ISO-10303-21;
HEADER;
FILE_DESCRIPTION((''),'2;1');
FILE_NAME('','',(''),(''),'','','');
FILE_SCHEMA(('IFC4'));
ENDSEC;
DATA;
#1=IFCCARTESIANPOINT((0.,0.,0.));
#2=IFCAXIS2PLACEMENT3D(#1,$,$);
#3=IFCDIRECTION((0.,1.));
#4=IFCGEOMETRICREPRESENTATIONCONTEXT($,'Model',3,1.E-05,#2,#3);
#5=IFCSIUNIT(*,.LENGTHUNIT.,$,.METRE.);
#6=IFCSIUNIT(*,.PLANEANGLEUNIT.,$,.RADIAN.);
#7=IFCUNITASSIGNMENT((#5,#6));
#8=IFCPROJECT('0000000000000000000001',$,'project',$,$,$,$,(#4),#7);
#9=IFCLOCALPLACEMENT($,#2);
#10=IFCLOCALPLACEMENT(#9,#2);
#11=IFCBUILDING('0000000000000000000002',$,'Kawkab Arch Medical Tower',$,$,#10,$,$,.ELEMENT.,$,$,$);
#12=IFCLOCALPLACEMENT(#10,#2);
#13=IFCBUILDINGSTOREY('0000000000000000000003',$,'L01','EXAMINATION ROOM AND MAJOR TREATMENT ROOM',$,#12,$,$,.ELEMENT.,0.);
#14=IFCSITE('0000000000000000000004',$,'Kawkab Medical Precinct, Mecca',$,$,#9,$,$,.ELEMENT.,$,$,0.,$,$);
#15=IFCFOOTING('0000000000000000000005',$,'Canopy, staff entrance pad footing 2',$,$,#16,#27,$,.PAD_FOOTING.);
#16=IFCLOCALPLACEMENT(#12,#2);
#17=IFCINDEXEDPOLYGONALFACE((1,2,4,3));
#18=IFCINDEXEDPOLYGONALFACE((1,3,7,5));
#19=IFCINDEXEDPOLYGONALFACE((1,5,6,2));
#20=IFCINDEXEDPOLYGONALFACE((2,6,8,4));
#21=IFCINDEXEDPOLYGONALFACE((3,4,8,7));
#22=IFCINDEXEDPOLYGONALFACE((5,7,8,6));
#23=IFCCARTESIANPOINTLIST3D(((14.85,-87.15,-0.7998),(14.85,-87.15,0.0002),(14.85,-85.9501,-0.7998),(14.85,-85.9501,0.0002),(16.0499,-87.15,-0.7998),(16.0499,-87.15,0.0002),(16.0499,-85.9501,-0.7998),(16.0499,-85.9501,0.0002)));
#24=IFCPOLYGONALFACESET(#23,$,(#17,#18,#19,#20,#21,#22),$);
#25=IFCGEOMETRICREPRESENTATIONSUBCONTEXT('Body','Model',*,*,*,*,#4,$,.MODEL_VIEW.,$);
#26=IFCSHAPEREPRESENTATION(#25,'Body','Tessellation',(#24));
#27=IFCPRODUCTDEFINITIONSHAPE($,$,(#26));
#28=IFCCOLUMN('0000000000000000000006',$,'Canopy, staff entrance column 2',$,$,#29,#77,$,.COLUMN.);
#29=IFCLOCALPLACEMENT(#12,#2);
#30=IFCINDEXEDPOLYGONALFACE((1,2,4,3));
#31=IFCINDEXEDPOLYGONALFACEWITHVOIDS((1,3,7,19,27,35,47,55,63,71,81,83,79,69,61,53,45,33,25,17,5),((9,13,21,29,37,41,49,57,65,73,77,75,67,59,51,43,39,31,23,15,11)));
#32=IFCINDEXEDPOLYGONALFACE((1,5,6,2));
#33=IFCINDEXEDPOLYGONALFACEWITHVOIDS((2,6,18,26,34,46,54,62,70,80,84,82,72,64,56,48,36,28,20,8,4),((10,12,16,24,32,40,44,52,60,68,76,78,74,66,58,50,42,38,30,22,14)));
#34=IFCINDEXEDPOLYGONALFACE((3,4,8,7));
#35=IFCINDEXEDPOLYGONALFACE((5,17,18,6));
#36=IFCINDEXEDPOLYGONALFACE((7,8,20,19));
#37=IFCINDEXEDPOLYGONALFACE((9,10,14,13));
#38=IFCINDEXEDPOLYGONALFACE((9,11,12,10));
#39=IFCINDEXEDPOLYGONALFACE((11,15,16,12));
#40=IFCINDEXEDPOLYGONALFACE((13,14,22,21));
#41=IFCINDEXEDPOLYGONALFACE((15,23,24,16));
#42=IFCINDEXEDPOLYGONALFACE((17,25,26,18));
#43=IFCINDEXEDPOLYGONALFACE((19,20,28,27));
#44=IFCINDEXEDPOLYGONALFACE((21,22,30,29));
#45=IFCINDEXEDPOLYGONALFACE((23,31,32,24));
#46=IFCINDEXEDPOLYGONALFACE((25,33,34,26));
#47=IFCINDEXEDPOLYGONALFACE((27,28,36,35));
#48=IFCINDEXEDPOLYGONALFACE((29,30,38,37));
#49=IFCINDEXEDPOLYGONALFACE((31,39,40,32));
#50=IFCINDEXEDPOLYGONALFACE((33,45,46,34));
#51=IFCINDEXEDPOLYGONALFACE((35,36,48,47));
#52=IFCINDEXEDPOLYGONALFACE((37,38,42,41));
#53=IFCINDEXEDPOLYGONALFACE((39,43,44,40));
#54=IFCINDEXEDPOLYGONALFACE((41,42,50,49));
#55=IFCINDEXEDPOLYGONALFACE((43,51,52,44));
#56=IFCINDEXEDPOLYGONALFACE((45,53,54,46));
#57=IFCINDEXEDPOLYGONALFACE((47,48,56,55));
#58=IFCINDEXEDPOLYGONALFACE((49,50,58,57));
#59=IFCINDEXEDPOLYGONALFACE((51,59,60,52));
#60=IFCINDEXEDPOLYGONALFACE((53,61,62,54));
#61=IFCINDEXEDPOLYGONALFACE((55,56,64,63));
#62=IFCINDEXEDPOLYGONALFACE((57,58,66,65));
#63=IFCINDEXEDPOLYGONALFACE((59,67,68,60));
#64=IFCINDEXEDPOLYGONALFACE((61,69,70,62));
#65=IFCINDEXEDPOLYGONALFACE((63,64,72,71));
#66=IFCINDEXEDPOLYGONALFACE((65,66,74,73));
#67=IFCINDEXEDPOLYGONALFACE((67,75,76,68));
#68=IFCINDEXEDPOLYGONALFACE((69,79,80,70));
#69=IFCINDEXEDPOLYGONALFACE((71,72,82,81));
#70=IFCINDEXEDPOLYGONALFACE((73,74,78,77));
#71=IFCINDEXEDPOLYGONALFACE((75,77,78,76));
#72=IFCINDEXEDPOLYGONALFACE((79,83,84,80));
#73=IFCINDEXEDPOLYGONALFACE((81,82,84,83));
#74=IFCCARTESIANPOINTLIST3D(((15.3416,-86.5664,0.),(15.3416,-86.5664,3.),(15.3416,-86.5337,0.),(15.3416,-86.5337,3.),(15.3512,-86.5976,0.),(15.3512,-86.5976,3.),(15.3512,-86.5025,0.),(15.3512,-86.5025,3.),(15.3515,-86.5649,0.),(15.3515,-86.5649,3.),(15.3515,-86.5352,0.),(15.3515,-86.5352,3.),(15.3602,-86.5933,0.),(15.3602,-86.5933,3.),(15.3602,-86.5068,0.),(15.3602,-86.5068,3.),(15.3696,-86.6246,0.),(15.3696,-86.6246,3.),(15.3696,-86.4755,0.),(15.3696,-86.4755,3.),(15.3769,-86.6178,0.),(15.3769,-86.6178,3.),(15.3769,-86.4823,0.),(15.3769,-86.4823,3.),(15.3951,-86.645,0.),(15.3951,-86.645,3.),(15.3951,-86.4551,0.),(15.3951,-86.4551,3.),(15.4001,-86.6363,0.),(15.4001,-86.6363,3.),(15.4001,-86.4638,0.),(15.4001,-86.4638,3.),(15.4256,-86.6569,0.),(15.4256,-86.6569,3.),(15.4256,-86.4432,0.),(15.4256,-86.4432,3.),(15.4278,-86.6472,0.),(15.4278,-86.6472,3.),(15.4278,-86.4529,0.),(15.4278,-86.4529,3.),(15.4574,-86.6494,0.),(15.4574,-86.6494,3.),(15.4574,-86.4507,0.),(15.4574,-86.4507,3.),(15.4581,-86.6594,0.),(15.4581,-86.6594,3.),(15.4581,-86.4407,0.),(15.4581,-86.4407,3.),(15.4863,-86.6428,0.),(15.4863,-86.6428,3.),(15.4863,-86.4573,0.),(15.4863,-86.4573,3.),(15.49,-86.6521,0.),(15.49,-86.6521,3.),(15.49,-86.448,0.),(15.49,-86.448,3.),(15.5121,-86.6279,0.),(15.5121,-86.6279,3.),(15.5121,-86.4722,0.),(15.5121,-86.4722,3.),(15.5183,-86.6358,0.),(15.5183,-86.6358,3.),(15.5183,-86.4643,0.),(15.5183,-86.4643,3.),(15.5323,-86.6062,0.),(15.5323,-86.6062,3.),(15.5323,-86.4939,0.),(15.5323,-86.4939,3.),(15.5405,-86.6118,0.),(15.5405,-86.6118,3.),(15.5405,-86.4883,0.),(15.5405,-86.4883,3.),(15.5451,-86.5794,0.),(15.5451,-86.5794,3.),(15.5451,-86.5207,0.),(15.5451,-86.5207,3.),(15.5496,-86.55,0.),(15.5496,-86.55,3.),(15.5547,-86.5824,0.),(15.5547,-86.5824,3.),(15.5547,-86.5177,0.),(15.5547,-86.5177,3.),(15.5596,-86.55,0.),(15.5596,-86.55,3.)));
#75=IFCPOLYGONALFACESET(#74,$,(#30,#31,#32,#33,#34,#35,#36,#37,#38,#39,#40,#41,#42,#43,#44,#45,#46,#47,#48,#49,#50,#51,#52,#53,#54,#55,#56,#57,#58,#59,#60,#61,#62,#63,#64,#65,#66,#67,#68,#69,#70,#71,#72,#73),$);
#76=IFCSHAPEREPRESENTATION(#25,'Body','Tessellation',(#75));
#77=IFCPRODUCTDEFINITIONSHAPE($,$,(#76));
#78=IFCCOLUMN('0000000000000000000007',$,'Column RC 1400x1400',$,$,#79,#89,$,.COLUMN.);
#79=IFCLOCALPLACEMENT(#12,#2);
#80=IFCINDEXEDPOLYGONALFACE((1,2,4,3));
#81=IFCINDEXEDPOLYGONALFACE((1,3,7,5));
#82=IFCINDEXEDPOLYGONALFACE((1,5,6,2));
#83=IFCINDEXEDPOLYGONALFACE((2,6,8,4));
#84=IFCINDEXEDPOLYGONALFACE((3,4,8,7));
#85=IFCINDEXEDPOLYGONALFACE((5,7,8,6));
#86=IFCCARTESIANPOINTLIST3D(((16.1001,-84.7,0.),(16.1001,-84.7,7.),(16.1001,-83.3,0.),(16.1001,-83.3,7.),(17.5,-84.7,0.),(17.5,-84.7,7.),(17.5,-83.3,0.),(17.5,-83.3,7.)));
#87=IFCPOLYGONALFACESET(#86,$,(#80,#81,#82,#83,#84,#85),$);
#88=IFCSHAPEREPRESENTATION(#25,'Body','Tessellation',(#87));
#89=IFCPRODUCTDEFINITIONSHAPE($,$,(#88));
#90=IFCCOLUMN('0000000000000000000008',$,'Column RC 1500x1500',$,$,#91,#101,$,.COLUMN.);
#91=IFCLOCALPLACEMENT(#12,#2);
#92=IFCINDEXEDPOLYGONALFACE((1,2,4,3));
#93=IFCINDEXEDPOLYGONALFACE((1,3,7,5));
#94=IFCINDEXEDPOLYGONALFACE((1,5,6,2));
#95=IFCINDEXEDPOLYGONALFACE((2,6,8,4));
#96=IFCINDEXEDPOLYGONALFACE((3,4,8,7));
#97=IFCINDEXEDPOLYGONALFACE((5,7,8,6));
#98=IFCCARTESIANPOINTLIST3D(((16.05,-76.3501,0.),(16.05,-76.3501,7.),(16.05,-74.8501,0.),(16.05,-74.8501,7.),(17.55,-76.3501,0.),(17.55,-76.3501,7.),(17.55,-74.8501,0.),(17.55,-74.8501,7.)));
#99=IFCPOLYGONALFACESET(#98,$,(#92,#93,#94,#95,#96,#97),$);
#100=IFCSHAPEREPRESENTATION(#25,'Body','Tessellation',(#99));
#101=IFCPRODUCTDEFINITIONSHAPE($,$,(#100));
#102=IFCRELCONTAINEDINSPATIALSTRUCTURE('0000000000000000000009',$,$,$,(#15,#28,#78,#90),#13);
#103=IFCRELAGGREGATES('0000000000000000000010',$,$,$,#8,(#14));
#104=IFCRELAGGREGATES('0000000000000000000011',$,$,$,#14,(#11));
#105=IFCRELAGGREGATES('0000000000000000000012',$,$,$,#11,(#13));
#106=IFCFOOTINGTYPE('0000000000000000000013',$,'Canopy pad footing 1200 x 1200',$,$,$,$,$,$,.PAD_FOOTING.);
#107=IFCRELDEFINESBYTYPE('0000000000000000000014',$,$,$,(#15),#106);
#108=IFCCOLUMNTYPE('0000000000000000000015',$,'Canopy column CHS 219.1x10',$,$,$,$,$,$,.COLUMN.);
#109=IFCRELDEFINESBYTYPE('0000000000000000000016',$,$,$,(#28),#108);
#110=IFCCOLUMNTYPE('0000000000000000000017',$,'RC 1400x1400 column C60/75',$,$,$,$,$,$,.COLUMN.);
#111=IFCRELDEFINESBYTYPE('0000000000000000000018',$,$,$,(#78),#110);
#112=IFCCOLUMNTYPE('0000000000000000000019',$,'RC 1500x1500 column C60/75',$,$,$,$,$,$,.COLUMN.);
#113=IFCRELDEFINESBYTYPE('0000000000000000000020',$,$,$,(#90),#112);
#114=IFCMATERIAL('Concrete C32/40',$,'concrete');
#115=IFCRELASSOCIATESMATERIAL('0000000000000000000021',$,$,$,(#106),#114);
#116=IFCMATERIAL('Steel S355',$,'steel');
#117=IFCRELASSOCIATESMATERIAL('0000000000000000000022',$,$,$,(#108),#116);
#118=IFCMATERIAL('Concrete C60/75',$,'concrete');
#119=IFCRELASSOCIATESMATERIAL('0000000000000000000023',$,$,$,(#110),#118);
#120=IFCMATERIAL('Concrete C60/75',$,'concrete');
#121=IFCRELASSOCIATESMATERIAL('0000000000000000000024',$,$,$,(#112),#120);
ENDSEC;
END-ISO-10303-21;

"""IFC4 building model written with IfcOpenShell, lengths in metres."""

from ifc_helpers import new_model, si_unit, direction, frame, origin, origin_2d, place, context, subcontext, project, spatial, rectangle, hollow_circle, extrude, material, material_profile, profile_set, type_object, element, save


model = new_model("IFC4")

# Units and contexts
model_context = context("Model", 3, precision=1e-05, world=origin(), true_north=direction((0.0, 1.0)))
body_context = subcontext(model_context, "Body", "Model", "MODEL_VIEW")
ifc_project = project(units=[si_unit("LENGTHUNIT", "METRE"), si_unit("PLANEANGLEUNIT", "RADIAN")], contexts=[model_context])

# Site, building, storey
site_placement = place(None, origin())
site = spatial("IfcSite", under=ifc_project, at=site_placement, Name="Kawkab Medical Precinct, Mecca", CompositionType="ELEMENT", RefElevation=0.0)
building_placement = place(site_placement, origin())
building = spatial("IfcBuilding", under=site, at=building_placement, Name="Kawkab Arch Medical Tower", CompositionType="ELEMENT")
storey_placement = place(building_placement, origin())
storey = spatial("IfcBuildingStorey", under=building, at=storey_placement, Name="L01", Description="EXAMINATION ROOM AND MAJOR TREATMENT ROOM", CompositionType="ELEMENT", Elevation=0.0)

# Footing
ifc_material_1 = material(Name="Concrete C32/40", Category="concrete")
footing_type = type_object("IfcFootingType", Name="Canopy pad footing 1200 x 1200", PredefinedType="PAD_FOOTING", material=ifc_material_1)
footing_placement = place(storey_placement, frame((15.45, -86.55, -0.7998), z_axis=(0.0, 0.0, 1.0), x_axis=(1.0, 0.0, 0.0)))
element("IfcFooting", 1, at=footing_placement, inside=storey, type_object=footing_type, Name="Canopy, staff entrance pad footing 2", PredefinedType="PAD_FOOTING", context=body_context, shape_type="SweptSolid", body=[
    extrude(rectangle(XDim=1.2, YDim=1.2, at=origin_2d()), origin(), (0.0, 0.0, 1.0), 0.8),
])

# Columns
ifc_material_2 = material(Name="Steel S355", Category="steel")
ifc_material_profile_1 = material_profile(ifc_material_2, hollow_circle(Radius=0.1096, WallThickness=0.01, at=origin_2d()), Name="CHS 219.1x10")
ifc_profile_set_1 = profile_set([ifc_material_profile_1], Name="Steel S355")
column_type_1 = type_object("IfcColumnType", Name="Canopy column CHS 219.1x10", PredefinedType="COLUMN", material=ifc_profile_set_1)
column_1_placement = place(storey_placement, frame((15.45, -86.55, 0.0), z_axis=(0.0, 0.0, 1.0), x_axis=(1.0, 0.0, 0.0)))
element("IfcColumn", 2, at=column_1_placement, inside=storey, type_object=column_type_1, Name="Canopy, staff entrance column 2", PredefinedType="COLUMN", context=body_context, shape_type="SweptSolid", body=[
    extrude(hollow_circle(Radius=0.1096, WallThickness=0.01, at=origin_2d()), origin(), (0.0, 0.0, 1.0), 3.0),
])
ifc_material_3 = material(Name="Concrete C60/75", Category="concrete")
ifc_material_profile_2 = material_profile(ifc_material_3, rectangle(XDim=1.3999, YDim=1.3999, at=origin_2d()), Name="RC 1400x1400")
ifc_profile_set_2 = profile_set([ifc_material_profile_2], Name="Concrete C60/75")
column_type_2 = type_object("IfcColumnType", Name="RC 1400x1400 column C60/75", PredefinedType="COLUMN", material=ifc_profile_set_2)
column_2_placement = place(storey_placement, frame((16.8, -84.0, 0.0), z_axis=(0.0, 0.0, 1.0), x_axis=(1.0, 0.0, 0.0)))
element("IfcColumn", 3, at=column_2_placement, inside=storey, type_object=column_type_2, Name="Column RC 1400x1400", PredefinedType="COLUMN", context=body_context, shape_type="SweptSolid", body=[
    extrude(rectangle(XDim=1.3999, YDim=1.3999, at=origin_2d()), origin(), (0.0, 0.0, 1.0), 7.0),
])
ifc_material_4 = material(Name="Concrete C60/75", Category="concrete")
ifc_material_profile_3 = material_profile(ifc_material_4, rectangle(XDim=1.5, YDim=1.5, at=origin_2d()), Name="RC 1500x1500")
ifc_profile_set_3 = profile_set([ifc_material_profile_3], Name="Concrete C60/75")
column_type_3 = type_object("IfcColumnType", Name="RC 1500x1500 column C60/75", PredefinedType="COLUMN", material=ifc_profile_set_3)
column_3_placement = place(storey_placement, frame((16.8, -75.6001, 0.0), z_axis=(0.0, 0.0, 1.0), x_axis=(1.0, 0.0, 0.0)))
element("IfcColumn", 4, at=column_3_placement, inside=storey, type_object=column_type_3, Name="Column RC 1500x1500", PredefinedType="COLUMN", context=body_context, shape_type="SweptSolid", body=[
    extrude(rectangle(XDim=1.5, YDim=1.5, at=origin_2d()), origin(), (0.0, 0.0, 1.0), 7.0),
])

save(model, "model.ifc")
